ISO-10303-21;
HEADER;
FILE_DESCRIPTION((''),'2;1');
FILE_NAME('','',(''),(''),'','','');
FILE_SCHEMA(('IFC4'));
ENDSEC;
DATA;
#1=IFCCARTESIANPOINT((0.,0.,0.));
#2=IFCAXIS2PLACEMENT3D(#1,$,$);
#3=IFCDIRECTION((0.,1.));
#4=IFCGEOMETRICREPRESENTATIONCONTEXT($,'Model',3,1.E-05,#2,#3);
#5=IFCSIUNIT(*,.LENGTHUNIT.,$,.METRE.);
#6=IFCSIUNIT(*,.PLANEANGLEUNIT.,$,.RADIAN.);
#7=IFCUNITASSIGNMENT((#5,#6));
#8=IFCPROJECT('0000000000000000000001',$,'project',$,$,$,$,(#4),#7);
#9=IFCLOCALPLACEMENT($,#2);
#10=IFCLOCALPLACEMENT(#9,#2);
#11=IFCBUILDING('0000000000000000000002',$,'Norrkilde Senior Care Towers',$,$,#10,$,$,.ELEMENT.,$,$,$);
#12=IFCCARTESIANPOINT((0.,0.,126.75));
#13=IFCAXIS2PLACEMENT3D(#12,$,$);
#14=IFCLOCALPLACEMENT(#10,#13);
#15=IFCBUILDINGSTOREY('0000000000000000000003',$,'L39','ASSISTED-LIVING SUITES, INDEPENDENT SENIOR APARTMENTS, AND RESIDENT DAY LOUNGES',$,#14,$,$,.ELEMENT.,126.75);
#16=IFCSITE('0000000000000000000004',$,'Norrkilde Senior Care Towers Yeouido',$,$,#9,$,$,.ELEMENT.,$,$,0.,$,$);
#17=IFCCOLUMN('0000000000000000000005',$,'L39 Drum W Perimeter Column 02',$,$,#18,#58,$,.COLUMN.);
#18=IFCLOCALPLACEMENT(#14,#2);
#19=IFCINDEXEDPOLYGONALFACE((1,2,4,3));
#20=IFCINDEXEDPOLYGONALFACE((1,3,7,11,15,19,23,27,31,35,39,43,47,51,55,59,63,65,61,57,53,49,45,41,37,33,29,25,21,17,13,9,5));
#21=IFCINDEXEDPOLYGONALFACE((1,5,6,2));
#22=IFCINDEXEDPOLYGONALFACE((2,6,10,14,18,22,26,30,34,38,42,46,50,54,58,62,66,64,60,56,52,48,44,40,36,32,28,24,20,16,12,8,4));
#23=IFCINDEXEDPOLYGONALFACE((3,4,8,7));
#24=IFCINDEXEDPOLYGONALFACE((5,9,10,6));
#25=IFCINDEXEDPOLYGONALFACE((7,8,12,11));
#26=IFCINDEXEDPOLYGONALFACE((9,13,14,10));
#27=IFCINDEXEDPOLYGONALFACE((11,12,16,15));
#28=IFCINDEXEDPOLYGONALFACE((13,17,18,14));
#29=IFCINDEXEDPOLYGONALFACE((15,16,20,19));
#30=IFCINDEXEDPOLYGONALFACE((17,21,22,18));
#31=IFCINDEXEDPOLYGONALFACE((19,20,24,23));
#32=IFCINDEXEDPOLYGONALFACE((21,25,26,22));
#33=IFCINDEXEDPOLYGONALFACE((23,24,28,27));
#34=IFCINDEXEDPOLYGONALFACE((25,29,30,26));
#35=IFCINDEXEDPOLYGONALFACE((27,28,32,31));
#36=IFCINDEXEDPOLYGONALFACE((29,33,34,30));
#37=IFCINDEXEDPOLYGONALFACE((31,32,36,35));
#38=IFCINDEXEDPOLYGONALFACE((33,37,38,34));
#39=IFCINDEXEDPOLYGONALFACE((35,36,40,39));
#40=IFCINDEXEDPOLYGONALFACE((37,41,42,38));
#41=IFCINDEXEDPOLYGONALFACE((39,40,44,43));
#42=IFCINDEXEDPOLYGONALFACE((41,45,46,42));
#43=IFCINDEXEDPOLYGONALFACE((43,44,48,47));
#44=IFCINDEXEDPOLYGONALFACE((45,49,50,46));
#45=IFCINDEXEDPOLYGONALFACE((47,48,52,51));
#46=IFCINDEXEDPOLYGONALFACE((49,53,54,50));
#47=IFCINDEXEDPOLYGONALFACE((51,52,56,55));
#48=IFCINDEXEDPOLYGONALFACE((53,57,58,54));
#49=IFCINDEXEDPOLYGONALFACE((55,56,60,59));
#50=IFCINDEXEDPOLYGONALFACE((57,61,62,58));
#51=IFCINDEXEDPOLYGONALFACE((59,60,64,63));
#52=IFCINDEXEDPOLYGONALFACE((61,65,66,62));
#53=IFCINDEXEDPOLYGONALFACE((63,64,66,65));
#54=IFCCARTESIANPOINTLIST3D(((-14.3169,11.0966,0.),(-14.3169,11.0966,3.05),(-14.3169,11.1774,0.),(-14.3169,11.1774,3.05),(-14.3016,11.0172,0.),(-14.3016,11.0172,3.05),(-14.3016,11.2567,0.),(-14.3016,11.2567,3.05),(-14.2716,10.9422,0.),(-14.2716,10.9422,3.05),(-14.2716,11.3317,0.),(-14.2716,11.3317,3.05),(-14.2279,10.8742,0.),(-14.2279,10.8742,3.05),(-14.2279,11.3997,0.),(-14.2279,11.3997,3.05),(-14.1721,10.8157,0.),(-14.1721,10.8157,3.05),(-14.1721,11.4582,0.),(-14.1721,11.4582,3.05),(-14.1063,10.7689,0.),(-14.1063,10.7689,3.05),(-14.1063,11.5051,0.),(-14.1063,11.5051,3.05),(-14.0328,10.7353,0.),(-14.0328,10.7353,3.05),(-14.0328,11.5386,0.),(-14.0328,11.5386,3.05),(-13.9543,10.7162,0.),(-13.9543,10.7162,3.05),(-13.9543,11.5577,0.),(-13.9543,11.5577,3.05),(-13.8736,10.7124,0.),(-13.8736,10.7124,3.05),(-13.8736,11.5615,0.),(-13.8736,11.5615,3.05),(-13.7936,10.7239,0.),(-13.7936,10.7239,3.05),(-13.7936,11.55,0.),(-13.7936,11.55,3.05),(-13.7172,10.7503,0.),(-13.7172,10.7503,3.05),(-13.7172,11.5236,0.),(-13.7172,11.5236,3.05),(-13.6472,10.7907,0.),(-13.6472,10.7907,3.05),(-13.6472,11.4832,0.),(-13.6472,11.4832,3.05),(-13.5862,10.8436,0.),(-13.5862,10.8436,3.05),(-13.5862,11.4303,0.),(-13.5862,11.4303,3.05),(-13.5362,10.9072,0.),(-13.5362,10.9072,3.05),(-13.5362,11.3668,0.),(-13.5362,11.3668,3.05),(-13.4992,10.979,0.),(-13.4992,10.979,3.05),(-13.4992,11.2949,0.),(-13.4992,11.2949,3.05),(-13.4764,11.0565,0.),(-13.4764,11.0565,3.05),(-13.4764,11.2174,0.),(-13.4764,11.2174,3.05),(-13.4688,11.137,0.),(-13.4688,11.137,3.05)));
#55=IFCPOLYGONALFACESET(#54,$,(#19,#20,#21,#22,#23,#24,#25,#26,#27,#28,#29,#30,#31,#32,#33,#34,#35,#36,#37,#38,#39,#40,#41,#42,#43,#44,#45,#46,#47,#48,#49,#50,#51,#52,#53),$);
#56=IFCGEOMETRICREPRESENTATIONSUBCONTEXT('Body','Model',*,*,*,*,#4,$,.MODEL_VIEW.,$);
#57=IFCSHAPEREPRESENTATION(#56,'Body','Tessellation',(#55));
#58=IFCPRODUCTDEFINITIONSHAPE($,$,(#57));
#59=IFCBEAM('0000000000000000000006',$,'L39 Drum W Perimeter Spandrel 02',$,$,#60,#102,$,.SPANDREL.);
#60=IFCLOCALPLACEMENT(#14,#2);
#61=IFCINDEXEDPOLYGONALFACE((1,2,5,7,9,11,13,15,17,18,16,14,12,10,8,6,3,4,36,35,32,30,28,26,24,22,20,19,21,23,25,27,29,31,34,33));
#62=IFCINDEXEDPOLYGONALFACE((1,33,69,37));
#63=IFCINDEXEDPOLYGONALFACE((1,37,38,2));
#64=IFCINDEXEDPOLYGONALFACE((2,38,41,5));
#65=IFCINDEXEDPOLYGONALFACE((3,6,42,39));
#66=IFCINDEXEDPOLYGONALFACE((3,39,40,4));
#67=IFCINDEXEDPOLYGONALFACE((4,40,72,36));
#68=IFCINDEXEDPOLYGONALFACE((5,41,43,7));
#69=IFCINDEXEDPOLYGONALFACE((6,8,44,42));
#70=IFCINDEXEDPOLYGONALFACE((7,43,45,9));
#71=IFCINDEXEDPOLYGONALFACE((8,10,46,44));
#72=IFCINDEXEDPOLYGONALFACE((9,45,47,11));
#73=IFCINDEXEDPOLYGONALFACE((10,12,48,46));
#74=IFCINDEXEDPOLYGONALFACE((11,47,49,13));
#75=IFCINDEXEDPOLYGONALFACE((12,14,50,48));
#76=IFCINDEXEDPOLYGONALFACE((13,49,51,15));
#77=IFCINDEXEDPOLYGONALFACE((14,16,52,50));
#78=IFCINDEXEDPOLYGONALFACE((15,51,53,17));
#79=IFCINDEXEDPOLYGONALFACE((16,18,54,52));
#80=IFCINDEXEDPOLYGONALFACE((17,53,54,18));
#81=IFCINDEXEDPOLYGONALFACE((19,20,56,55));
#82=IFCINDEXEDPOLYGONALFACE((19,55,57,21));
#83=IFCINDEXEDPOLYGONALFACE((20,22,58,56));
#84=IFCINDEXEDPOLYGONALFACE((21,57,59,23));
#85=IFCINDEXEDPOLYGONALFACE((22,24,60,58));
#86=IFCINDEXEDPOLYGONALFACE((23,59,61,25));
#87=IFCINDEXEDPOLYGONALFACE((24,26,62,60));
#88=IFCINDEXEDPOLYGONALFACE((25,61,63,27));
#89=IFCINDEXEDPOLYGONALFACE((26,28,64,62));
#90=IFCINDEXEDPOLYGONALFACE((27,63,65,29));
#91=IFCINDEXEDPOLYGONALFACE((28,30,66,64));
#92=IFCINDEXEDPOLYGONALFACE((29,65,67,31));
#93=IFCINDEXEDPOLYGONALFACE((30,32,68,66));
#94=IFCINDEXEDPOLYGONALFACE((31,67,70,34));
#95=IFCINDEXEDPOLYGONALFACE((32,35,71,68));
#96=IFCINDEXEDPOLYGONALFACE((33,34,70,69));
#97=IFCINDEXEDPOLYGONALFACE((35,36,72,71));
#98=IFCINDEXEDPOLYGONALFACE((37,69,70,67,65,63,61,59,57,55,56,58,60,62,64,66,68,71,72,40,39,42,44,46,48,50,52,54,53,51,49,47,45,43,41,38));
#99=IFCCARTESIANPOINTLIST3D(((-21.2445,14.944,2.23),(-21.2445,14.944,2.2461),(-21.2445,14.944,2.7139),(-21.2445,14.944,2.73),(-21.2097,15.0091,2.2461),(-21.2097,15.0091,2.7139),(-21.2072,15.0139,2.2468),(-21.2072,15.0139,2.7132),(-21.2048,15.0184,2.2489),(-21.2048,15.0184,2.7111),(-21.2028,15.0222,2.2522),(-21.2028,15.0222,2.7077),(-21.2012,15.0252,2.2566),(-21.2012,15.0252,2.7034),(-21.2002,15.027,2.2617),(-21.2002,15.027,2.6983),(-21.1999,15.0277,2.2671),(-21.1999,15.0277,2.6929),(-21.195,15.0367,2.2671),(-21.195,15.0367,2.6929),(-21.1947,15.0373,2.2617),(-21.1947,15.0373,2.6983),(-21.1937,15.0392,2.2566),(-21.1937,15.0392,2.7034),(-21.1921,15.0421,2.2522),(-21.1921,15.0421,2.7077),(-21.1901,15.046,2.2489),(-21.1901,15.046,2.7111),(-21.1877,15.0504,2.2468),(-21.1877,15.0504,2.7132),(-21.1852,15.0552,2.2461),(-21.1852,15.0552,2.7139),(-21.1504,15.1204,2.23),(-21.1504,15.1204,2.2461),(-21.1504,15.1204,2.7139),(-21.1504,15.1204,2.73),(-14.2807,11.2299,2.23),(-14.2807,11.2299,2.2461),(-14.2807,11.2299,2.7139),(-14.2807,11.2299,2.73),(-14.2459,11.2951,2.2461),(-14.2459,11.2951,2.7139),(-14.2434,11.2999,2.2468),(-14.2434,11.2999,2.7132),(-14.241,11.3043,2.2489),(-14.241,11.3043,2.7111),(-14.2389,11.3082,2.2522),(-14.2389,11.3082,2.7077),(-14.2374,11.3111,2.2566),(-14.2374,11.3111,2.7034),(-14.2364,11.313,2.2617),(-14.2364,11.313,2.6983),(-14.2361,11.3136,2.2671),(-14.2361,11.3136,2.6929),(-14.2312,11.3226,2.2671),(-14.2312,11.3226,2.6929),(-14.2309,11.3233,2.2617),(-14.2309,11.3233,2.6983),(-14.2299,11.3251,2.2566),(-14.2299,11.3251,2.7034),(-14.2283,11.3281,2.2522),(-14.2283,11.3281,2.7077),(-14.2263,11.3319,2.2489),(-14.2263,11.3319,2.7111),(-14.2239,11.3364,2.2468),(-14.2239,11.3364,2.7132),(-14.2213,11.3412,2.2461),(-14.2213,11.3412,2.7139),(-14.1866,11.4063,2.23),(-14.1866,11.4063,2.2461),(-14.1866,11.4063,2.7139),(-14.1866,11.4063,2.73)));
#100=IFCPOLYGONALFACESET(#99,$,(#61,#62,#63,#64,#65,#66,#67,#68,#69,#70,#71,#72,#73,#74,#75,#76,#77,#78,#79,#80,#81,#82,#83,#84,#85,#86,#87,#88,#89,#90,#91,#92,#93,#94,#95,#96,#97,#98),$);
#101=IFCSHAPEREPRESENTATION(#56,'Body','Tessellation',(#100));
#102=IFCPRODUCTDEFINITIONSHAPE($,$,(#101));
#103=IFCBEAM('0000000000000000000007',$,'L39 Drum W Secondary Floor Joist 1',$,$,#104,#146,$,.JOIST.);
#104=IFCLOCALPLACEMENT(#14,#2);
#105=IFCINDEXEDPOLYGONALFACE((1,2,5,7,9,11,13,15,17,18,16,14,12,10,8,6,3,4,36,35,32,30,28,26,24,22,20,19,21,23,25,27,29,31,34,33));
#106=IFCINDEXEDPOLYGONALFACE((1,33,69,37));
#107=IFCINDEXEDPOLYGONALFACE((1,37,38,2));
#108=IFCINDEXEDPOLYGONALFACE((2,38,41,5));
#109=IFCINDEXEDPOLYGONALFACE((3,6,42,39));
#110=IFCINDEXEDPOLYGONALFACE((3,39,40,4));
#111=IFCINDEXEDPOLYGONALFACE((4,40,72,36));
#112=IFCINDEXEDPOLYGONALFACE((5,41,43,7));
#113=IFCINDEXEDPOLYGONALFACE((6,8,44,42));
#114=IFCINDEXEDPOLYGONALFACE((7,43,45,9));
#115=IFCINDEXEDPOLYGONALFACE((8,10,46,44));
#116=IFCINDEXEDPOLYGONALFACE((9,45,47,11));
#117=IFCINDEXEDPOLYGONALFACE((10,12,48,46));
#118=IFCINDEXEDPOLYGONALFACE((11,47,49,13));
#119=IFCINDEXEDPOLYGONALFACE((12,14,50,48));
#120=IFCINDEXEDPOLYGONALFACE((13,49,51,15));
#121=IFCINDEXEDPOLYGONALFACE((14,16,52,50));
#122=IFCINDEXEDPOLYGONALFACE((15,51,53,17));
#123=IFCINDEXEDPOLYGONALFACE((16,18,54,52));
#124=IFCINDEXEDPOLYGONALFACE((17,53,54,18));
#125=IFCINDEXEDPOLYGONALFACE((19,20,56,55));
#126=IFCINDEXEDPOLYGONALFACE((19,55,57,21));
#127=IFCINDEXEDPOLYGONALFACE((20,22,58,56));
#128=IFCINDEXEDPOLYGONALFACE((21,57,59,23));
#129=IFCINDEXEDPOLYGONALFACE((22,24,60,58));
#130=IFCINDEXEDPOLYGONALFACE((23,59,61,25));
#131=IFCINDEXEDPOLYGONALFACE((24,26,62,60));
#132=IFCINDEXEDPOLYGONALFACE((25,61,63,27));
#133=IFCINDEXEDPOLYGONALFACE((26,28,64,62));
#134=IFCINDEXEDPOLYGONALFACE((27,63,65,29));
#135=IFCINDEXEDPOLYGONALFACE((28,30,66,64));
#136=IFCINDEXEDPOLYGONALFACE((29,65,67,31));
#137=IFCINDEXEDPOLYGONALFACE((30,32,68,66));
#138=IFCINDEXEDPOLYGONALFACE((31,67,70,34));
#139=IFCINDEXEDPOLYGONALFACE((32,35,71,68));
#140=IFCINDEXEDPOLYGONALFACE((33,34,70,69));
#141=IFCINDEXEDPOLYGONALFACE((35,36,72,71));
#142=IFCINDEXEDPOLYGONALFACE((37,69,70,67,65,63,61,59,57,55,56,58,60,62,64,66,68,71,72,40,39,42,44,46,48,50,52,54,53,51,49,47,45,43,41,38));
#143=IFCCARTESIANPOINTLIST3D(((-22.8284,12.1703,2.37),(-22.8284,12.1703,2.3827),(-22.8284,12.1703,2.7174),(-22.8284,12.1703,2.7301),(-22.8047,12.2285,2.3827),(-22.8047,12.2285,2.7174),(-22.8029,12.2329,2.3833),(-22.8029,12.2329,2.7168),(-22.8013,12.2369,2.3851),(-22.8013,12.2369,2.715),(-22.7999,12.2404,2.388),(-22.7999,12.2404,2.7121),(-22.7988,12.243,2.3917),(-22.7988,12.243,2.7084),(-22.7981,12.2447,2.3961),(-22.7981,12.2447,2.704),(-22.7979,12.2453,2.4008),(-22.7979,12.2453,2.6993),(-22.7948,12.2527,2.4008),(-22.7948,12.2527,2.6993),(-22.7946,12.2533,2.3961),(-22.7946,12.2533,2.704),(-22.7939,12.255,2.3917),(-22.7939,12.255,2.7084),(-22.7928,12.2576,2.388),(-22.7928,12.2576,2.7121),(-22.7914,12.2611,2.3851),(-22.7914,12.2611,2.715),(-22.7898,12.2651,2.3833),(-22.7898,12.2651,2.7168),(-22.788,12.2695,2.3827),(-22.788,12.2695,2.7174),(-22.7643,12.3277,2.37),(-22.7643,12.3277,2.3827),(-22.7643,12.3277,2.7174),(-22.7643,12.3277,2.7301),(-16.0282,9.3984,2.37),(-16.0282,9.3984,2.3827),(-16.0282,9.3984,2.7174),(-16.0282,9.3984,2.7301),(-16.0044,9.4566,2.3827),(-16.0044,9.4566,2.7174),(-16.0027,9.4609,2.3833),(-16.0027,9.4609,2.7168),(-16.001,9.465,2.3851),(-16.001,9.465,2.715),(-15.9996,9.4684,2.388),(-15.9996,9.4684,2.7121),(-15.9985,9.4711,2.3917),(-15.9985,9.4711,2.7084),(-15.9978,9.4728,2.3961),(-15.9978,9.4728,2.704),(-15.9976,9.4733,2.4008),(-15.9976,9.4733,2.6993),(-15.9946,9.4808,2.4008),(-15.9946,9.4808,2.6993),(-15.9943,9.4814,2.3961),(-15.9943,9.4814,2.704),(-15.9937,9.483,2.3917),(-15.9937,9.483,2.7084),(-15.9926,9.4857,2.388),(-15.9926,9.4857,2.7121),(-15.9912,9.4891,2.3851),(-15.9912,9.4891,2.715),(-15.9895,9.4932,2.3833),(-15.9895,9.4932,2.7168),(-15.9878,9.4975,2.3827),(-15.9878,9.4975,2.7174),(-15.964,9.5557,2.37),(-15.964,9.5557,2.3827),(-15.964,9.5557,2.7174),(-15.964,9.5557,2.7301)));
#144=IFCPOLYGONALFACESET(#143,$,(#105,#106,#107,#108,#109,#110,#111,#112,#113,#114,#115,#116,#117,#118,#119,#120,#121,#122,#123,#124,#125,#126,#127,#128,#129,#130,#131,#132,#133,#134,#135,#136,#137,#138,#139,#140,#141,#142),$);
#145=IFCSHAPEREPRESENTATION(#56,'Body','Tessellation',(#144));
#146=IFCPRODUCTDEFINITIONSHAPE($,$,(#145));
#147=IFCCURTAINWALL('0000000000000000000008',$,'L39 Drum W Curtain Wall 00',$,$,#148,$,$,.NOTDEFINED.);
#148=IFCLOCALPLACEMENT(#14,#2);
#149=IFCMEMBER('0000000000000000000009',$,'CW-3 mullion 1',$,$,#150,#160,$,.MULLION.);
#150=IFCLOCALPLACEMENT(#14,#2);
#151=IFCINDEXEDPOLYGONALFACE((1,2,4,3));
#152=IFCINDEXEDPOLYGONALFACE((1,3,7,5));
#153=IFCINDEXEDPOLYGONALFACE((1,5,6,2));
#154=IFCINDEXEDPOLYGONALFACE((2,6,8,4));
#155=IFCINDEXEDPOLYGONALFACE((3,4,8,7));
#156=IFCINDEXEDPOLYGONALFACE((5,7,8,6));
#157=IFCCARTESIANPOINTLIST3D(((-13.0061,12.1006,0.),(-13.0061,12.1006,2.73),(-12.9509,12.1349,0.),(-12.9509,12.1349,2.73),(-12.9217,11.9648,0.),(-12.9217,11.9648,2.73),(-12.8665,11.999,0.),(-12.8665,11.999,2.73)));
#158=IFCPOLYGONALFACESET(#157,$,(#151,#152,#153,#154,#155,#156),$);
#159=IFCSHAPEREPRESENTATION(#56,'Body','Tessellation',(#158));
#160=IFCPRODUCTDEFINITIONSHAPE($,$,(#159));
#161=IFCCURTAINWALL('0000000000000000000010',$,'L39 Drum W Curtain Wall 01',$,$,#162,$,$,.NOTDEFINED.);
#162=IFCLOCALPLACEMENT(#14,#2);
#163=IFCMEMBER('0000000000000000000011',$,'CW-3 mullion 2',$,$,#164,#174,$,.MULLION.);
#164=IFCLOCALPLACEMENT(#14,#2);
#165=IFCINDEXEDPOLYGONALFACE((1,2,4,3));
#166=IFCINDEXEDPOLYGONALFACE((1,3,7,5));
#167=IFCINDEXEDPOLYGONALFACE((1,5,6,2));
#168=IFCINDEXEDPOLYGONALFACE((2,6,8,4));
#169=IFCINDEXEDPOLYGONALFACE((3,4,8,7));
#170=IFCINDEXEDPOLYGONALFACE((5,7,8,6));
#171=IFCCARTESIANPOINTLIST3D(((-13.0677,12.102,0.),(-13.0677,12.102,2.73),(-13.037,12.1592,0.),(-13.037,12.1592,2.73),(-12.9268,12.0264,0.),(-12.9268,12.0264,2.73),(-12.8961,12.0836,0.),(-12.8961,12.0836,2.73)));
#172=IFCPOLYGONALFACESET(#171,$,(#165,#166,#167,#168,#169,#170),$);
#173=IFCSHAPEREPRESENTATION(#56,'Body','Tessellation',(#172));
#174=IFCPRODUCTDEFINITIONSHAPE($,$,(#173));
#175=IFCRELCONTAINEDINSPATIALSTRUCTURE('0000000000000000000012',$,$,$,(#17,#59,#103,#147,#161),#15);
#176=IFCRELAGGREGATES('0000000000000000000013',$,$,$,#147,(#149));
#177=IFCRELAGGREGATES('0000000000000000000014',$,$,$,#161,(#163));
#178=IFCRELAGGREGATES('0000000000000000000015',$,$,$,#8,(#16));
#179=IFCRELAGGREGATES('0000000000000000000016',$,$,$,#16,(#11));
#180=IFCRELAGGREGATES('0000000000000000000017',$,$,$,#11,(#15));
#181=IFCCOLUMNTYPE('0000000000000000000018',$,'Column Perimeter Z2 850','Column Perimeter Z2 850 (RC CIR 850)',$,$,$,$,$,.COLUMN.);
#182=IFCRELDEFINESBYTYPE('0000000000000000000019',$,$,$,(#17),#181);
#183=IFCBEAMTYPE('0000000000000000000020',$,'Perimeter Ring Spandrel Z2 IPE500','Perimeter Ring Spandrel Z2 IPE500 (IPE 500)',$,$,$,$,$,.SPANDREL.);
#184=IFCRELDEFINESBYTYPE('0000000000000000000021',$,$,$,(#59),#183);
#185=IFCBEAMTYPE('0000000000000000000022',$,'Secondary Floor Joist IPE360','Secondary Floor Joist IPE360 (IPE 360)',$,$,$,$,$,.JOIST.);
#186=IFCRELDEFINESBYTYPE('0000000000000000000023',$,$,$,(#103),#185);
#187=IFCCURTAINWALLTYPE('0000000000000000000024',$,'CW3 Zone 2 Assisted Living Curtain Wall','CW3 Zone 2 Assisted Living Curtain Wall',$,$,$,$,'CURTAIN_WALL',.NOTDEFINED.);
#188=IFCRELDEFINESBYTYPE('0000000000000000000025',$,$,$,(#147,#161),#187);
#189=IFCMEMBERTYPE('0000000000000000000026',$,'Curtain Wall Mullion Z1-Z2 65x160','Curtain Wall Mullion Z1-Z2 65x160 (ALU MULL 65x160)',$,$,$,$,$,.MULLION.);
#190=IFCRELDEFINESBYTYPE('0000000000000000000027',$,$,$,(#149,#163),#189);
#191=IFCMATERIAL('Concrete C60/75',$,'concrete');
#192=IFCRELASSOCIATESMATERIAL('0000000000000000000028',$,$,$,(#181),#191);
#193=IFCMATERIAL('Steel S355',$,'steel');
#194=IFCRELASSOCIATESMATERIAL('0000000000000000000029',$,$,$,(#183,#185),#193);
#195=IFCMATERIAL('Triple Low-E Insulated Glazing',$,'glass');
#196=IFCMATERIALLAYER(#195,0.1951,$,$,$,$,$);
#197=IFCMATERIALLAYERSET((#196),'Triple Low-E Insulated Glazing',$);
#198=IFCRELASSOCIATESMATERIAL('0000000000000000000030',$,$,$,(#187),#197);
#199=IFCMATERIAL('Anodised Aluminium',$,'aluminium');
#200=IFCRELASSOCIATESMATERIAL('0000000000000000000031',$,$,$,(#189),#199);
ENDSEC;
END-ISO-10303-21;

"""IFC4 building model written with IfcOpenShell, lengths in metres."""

from ifc_helpers import new_model, si_unit, direction, frame, origin, origin_2d, place, context, subcontext, project, spatial, rectangle, circle, i_section, extrude, source, transform, mapped, material, layer, layer_set, material_profile, profile_set, type_object, type_shapes, element, aggregate, save


model = new_model("IFC4")

# Units and contexts
model_context = context("Model", 3, precision=1e-05, world=origin(), true_north=direction((0.0, 1.0)))
body_context = subcontext(model_context, "Body", "Model", "MODEL_VIEW")
ifc_project = project(units=[si_unit("LENGTHUNIT", "METRE"), si_unit("PLANEANGLEUNIT", "RADIAN")], contexts=[model_context])

# Site, building, storey
site_placement = place(None, origin())
site = spatial("IfcSite", under=ifc_project, at=site_placement, Name="Norrkilde Senior Care Towers Yeouido", CompositionType="ELEMENT", RefElevation=0.0)
building_placement = place(site_placement, origin())
building = spatial("IfcBuilding", under=site, at=building_placement, Name="Norrkilde Senior Care Towers", CompositionType="ELEMENT")
storey_placement = place(building_placement, frame((0.0, 0.0, 126.75)))
storey = spatial("IfcBuildingStorey", under=building, at=storey_placement, Name="L39", Description="ASSISTED-LIVING SUITES, INDEPENDENT SENIOR APARTMENTS, AND RESIDENT DAY LOUNGES", CompositionType="ELEMENT", Elevation=126.75)

# Column
ifc_material_1 = material(Name="Concrete C60/75", Category="concrete")
ifc_material_profile_1 = material_profile(ifc_material_1, circle(Radius=0.425, at=origin_2d()), Name="RC CIR 850")
ifc_profile_set_1 = profile_set([ifc_material_profile_1], Name="Concrete C60/75")
column_type = type_object("IfcColumnType", Name="Column Perimeter Z2 850", Description="Column Perimeter Z2 850 (RC CIR 850)", PredefinedType="COLUMN", material=ifc_profile_set_1)
shared_shape_1 = source(origin(), body_context, "Body", "SweptSolid", [
    extrude(circle(Radius=0.425, at=origin_2d()), origin(), (0.0, 0.0, 1.0), 3.05),
])
type_shapes(column_type, [shared_shape_1])
column_placement = place(storey_placement, frame((-13.8938, 11.137, 0.0), z_axis=(0.0, 0.0, 1.0), x_axis=(1.0, 0.0, 0.0)))
element("IfcColumn", 1, at=column_placement, inside=storey, type_object=column_type, Name="L39 Drum W Perimeter Column 02", PredefinedType="COLUMN", context=body_context, shape_type="MappedRepresentation", body=[
    mapped(shared_shape_1, transform((0.0, 0.0, 0.0), x_axis=(1.0, 0.0, 0.0), y_axis=(0.0, 1.0, 0.0), z_axis=(0.0, 0.0, 1.0), scale=1.0)),
])

# Beams
ifc_material_2 = material(Name="Steel S355", Category="steel")
ifc_material_profile_2 = material_profile(ifc_material_2, i_section(OverallWidth=0.2, OverallDepth=0.5, WebThickness=0.0103, FlangeThickness=0.0161, FilletRadius=0.021, at=origin_2d()), Name="IPE 500")
ifc_profile_set_2 = profile_set([ifc_material_profile_2], Name="Steel S355")
beam_type_1 = type_object("IfcBeamType", Name="Perimeter Ring Spandrel Z2 IPE500", Description="Perimeter Ring Spandrel Z2 IPE500 (IPE 500)", PredefinedType="SPANDREL", material=ifc_profile_set_2)
shared_shape_2 = source(origin(), body_context, "Body", "SweptSolid", [
    extrude(i_section(OverallWidth=0.2, OverallDepth=0.5, WebThickness=0.0103, FlangeThickness=0.0161, FilletRadius=0.021, at=origin_2d()), origin(), (0.0, 0.0, 1.0), 7.8923),
])
type_shapes(beam_type_1, [shared_shape_2])
beam_1_placement = place(storey_placement, frame((-14.2336, 11.3181, 2.48), z_axis=(-0.88235, 0.470593, 0.0), x_axis=(-0.470593, -0.88235, 0.0)))
element("IfcBeam", 2, at=beam_1_placement, inside=storey, type_object=beam_type_1, Name="L39 Drum W Perimeter Spandrel 02", PredefinedType="SPANDREL", context=body_context, shape_type="MappedRepresentation", body=[
    mapped(shared_shape_2, transform((0.0, 0.0, 0.0), x_axis=(1.0, 0.0, 0.0), y_axis=(0.0, 1.0, 0.0), z_axis=(0.0, 0.0, 1.0), scale=1.0)),
])
ifc_material_profile_3 = material_profile(ifc_material_2, i_section(OverallWidth=0.1699, OverallDepth=0.3601, WebThickness=0.0081, FlangeThickness=0.0127, FilletRadius=0.0181, at=origin_2d()), Name="IPE 360")
ifc_profile_set_3 = profile_set([ifc_material_profile_3], Name="Steel S355")
beam_type_2 = type_object("IfcBeamType", Name="Secondary Floor Joist IPE360", Description="Secondary Floor Joist IPE360 (IPE 360)", PredefinedType="JOIST", material=ifc_profile_set_3)
shared_shape_3 = source(origin(), body_context, "Body", "SweptSolid", [
    extrude(i_section(OverallWidth=0.1699, OverallDepth=0.3601, WebThickness=0.0081, FlangeThickness=0.0127, FilletRadius=0.0181, at=origin_2d()), origin(), (0.0, 0.0, 1.0), 7.3435),
])
type_shapes(beam_type_2, [shared_shape_3])
beam_2_placement = place(storey_placement, frame((-15.9961, 9.4771, 2.55), z_axis=(-0.926022, 0.37747, 0.0), x_axis=(-0.37747, -0.926022, 0.0)))
element("IfcBeam", 3, at=beam_2_placement, inside=storey, type_object=beam_type_2, Name="L39 Drum W Secondary Floor Joist 1", PredefinedType="JOIST", context=body_context, shape_type="MappedRepresentation", body=[
    mapped(shared_shape_3, transform((0.0, 0.0, 0.0), x_axis=(1.0, 0.0, 0.0), y_axis=(0.0, 1.0, 0.0), z_axis=(0.0, 0.0, 1.0), scale=1.0)),
])

# Curtain wall, member
ifc_material_3 = material(Name="Triple Low-E Insulated Glazing", Category="glass")
ifc_layer_1 = layer(ifc_material_3, 0.1951)
ifc_layer_set_1 = layer_set([ifc_layer_1], Name="Triple Low-E Insulated Glazing")
curtain_wall_type = type_object("IfcCurtainWallType", Name="CW3 Zone 2 Assisted Living Curtain Wall", Description="CW3 Zone 2 Assisted Living Curtain Wall", ElementType="CURTAIN_WALL", PredefinedType="NOTDEFINED", material=ifc_layer_set_1)
curtain_wall_1_placement = place(storey_placement, origin())
curtain_wall_1 = element("IfcCurtainWall", 4, at=curtain_wall_1_placement, inside=storey, type_object=curtain_wall_type, Name="L39 Drum W Curtain Wall 00", PredefinedType="NOTDEFINED")
ifc_material_4 = material(Name="Anodised Aluminium", Category="aluminium")
ifc_material_profile_4 = material_profile(ifc_material_4, rectangle(XDim=0.0649, YDim=0.1599, at=origin_2d()), Name="ALU MULL 65x160")
ifc_profile_set_4 = profile_set([ifc_material_profile_4], Name="Anodised Aluminium")
member_type = type_object("IfcMemberType", Name="Curtain Wall Mullion Z1-Z2 65x160", Description="Curtain Wall Mullion Z1-Z2 65x160 (ALU MULL 65x160)", PredefinedType="MULLION", material=ifc_profile_set_4)
shared_shape_4 = source(origin(), body_context, "Body", "SweptSolid", [
    extrude(rectangle(XDim=0.0649, YDim=0.1599, at=origin_2d()), origin(), (0.0, 0.0, 1.0), 2.73),
])
type_shapes(member_type, [shared_shape_4])
member_1_placement = place(storey_placement, frame((-12.9363, 12.0498, 0.0), z_axis=(0.0, 0.0, 1.0), x_axis=(0.84941, 0.527733, 0.0)))
member_1 = element("IfcMember", 5, at=member_1_placement, type_object=member_type, Name="CW-3 mullion 1", PredefinedType="MULLION", context=body_context, shape_type="MappedRepresentation", body=[
    mapped(shared_shape_4, transform((0.0, 0.0, 0.0), x_axis=(1.0, 0.0, 0.0), y_axis=(0.0, 1.0, 0.0), z_axis=(0.0, 0.0, 1.0), scale=1.0)),
])
aggregate(curtain_wall_1, [member_1])

# Curtain wall, member
curtain_wall_2_placement = place(storey_placement, origin())
curtain_wall_2 = element("IfcCurtainWall", 6, at=curtain_wall_2_placement, inside=storey, type_object=curtain_wall_type, Name="L39 Drum W Curtain Wall 01", PredefinedType="NOTDEFINED")
member_2_placement = place(storey_placement, frame((-12.9819, 12.0928, 0.0), z_axis=(0.0, 0.0, 1.0), x_axis=(0.472769, 0.881186, 0.0)))
member_2 = element("IfcMember", 7, at=member_2_placement, type_object=member_type, Name="CW-3 mullion 2", PredefinedType="MULLION", context=body_context, shape_type="MappedRepresentation", body=[
    mapped(shared_shape_4, transform((0.0, 0.0, 0.0), x_axis=(1.0, 0.0, 0.0), y_axis=(0.0, 1.0, 0.0), z_axis=(0.0, 0.0, 1.0), scale=1.0)),
])
aggregate(curtain_wall_2, [member_2])

save(model, "model.ifc")
